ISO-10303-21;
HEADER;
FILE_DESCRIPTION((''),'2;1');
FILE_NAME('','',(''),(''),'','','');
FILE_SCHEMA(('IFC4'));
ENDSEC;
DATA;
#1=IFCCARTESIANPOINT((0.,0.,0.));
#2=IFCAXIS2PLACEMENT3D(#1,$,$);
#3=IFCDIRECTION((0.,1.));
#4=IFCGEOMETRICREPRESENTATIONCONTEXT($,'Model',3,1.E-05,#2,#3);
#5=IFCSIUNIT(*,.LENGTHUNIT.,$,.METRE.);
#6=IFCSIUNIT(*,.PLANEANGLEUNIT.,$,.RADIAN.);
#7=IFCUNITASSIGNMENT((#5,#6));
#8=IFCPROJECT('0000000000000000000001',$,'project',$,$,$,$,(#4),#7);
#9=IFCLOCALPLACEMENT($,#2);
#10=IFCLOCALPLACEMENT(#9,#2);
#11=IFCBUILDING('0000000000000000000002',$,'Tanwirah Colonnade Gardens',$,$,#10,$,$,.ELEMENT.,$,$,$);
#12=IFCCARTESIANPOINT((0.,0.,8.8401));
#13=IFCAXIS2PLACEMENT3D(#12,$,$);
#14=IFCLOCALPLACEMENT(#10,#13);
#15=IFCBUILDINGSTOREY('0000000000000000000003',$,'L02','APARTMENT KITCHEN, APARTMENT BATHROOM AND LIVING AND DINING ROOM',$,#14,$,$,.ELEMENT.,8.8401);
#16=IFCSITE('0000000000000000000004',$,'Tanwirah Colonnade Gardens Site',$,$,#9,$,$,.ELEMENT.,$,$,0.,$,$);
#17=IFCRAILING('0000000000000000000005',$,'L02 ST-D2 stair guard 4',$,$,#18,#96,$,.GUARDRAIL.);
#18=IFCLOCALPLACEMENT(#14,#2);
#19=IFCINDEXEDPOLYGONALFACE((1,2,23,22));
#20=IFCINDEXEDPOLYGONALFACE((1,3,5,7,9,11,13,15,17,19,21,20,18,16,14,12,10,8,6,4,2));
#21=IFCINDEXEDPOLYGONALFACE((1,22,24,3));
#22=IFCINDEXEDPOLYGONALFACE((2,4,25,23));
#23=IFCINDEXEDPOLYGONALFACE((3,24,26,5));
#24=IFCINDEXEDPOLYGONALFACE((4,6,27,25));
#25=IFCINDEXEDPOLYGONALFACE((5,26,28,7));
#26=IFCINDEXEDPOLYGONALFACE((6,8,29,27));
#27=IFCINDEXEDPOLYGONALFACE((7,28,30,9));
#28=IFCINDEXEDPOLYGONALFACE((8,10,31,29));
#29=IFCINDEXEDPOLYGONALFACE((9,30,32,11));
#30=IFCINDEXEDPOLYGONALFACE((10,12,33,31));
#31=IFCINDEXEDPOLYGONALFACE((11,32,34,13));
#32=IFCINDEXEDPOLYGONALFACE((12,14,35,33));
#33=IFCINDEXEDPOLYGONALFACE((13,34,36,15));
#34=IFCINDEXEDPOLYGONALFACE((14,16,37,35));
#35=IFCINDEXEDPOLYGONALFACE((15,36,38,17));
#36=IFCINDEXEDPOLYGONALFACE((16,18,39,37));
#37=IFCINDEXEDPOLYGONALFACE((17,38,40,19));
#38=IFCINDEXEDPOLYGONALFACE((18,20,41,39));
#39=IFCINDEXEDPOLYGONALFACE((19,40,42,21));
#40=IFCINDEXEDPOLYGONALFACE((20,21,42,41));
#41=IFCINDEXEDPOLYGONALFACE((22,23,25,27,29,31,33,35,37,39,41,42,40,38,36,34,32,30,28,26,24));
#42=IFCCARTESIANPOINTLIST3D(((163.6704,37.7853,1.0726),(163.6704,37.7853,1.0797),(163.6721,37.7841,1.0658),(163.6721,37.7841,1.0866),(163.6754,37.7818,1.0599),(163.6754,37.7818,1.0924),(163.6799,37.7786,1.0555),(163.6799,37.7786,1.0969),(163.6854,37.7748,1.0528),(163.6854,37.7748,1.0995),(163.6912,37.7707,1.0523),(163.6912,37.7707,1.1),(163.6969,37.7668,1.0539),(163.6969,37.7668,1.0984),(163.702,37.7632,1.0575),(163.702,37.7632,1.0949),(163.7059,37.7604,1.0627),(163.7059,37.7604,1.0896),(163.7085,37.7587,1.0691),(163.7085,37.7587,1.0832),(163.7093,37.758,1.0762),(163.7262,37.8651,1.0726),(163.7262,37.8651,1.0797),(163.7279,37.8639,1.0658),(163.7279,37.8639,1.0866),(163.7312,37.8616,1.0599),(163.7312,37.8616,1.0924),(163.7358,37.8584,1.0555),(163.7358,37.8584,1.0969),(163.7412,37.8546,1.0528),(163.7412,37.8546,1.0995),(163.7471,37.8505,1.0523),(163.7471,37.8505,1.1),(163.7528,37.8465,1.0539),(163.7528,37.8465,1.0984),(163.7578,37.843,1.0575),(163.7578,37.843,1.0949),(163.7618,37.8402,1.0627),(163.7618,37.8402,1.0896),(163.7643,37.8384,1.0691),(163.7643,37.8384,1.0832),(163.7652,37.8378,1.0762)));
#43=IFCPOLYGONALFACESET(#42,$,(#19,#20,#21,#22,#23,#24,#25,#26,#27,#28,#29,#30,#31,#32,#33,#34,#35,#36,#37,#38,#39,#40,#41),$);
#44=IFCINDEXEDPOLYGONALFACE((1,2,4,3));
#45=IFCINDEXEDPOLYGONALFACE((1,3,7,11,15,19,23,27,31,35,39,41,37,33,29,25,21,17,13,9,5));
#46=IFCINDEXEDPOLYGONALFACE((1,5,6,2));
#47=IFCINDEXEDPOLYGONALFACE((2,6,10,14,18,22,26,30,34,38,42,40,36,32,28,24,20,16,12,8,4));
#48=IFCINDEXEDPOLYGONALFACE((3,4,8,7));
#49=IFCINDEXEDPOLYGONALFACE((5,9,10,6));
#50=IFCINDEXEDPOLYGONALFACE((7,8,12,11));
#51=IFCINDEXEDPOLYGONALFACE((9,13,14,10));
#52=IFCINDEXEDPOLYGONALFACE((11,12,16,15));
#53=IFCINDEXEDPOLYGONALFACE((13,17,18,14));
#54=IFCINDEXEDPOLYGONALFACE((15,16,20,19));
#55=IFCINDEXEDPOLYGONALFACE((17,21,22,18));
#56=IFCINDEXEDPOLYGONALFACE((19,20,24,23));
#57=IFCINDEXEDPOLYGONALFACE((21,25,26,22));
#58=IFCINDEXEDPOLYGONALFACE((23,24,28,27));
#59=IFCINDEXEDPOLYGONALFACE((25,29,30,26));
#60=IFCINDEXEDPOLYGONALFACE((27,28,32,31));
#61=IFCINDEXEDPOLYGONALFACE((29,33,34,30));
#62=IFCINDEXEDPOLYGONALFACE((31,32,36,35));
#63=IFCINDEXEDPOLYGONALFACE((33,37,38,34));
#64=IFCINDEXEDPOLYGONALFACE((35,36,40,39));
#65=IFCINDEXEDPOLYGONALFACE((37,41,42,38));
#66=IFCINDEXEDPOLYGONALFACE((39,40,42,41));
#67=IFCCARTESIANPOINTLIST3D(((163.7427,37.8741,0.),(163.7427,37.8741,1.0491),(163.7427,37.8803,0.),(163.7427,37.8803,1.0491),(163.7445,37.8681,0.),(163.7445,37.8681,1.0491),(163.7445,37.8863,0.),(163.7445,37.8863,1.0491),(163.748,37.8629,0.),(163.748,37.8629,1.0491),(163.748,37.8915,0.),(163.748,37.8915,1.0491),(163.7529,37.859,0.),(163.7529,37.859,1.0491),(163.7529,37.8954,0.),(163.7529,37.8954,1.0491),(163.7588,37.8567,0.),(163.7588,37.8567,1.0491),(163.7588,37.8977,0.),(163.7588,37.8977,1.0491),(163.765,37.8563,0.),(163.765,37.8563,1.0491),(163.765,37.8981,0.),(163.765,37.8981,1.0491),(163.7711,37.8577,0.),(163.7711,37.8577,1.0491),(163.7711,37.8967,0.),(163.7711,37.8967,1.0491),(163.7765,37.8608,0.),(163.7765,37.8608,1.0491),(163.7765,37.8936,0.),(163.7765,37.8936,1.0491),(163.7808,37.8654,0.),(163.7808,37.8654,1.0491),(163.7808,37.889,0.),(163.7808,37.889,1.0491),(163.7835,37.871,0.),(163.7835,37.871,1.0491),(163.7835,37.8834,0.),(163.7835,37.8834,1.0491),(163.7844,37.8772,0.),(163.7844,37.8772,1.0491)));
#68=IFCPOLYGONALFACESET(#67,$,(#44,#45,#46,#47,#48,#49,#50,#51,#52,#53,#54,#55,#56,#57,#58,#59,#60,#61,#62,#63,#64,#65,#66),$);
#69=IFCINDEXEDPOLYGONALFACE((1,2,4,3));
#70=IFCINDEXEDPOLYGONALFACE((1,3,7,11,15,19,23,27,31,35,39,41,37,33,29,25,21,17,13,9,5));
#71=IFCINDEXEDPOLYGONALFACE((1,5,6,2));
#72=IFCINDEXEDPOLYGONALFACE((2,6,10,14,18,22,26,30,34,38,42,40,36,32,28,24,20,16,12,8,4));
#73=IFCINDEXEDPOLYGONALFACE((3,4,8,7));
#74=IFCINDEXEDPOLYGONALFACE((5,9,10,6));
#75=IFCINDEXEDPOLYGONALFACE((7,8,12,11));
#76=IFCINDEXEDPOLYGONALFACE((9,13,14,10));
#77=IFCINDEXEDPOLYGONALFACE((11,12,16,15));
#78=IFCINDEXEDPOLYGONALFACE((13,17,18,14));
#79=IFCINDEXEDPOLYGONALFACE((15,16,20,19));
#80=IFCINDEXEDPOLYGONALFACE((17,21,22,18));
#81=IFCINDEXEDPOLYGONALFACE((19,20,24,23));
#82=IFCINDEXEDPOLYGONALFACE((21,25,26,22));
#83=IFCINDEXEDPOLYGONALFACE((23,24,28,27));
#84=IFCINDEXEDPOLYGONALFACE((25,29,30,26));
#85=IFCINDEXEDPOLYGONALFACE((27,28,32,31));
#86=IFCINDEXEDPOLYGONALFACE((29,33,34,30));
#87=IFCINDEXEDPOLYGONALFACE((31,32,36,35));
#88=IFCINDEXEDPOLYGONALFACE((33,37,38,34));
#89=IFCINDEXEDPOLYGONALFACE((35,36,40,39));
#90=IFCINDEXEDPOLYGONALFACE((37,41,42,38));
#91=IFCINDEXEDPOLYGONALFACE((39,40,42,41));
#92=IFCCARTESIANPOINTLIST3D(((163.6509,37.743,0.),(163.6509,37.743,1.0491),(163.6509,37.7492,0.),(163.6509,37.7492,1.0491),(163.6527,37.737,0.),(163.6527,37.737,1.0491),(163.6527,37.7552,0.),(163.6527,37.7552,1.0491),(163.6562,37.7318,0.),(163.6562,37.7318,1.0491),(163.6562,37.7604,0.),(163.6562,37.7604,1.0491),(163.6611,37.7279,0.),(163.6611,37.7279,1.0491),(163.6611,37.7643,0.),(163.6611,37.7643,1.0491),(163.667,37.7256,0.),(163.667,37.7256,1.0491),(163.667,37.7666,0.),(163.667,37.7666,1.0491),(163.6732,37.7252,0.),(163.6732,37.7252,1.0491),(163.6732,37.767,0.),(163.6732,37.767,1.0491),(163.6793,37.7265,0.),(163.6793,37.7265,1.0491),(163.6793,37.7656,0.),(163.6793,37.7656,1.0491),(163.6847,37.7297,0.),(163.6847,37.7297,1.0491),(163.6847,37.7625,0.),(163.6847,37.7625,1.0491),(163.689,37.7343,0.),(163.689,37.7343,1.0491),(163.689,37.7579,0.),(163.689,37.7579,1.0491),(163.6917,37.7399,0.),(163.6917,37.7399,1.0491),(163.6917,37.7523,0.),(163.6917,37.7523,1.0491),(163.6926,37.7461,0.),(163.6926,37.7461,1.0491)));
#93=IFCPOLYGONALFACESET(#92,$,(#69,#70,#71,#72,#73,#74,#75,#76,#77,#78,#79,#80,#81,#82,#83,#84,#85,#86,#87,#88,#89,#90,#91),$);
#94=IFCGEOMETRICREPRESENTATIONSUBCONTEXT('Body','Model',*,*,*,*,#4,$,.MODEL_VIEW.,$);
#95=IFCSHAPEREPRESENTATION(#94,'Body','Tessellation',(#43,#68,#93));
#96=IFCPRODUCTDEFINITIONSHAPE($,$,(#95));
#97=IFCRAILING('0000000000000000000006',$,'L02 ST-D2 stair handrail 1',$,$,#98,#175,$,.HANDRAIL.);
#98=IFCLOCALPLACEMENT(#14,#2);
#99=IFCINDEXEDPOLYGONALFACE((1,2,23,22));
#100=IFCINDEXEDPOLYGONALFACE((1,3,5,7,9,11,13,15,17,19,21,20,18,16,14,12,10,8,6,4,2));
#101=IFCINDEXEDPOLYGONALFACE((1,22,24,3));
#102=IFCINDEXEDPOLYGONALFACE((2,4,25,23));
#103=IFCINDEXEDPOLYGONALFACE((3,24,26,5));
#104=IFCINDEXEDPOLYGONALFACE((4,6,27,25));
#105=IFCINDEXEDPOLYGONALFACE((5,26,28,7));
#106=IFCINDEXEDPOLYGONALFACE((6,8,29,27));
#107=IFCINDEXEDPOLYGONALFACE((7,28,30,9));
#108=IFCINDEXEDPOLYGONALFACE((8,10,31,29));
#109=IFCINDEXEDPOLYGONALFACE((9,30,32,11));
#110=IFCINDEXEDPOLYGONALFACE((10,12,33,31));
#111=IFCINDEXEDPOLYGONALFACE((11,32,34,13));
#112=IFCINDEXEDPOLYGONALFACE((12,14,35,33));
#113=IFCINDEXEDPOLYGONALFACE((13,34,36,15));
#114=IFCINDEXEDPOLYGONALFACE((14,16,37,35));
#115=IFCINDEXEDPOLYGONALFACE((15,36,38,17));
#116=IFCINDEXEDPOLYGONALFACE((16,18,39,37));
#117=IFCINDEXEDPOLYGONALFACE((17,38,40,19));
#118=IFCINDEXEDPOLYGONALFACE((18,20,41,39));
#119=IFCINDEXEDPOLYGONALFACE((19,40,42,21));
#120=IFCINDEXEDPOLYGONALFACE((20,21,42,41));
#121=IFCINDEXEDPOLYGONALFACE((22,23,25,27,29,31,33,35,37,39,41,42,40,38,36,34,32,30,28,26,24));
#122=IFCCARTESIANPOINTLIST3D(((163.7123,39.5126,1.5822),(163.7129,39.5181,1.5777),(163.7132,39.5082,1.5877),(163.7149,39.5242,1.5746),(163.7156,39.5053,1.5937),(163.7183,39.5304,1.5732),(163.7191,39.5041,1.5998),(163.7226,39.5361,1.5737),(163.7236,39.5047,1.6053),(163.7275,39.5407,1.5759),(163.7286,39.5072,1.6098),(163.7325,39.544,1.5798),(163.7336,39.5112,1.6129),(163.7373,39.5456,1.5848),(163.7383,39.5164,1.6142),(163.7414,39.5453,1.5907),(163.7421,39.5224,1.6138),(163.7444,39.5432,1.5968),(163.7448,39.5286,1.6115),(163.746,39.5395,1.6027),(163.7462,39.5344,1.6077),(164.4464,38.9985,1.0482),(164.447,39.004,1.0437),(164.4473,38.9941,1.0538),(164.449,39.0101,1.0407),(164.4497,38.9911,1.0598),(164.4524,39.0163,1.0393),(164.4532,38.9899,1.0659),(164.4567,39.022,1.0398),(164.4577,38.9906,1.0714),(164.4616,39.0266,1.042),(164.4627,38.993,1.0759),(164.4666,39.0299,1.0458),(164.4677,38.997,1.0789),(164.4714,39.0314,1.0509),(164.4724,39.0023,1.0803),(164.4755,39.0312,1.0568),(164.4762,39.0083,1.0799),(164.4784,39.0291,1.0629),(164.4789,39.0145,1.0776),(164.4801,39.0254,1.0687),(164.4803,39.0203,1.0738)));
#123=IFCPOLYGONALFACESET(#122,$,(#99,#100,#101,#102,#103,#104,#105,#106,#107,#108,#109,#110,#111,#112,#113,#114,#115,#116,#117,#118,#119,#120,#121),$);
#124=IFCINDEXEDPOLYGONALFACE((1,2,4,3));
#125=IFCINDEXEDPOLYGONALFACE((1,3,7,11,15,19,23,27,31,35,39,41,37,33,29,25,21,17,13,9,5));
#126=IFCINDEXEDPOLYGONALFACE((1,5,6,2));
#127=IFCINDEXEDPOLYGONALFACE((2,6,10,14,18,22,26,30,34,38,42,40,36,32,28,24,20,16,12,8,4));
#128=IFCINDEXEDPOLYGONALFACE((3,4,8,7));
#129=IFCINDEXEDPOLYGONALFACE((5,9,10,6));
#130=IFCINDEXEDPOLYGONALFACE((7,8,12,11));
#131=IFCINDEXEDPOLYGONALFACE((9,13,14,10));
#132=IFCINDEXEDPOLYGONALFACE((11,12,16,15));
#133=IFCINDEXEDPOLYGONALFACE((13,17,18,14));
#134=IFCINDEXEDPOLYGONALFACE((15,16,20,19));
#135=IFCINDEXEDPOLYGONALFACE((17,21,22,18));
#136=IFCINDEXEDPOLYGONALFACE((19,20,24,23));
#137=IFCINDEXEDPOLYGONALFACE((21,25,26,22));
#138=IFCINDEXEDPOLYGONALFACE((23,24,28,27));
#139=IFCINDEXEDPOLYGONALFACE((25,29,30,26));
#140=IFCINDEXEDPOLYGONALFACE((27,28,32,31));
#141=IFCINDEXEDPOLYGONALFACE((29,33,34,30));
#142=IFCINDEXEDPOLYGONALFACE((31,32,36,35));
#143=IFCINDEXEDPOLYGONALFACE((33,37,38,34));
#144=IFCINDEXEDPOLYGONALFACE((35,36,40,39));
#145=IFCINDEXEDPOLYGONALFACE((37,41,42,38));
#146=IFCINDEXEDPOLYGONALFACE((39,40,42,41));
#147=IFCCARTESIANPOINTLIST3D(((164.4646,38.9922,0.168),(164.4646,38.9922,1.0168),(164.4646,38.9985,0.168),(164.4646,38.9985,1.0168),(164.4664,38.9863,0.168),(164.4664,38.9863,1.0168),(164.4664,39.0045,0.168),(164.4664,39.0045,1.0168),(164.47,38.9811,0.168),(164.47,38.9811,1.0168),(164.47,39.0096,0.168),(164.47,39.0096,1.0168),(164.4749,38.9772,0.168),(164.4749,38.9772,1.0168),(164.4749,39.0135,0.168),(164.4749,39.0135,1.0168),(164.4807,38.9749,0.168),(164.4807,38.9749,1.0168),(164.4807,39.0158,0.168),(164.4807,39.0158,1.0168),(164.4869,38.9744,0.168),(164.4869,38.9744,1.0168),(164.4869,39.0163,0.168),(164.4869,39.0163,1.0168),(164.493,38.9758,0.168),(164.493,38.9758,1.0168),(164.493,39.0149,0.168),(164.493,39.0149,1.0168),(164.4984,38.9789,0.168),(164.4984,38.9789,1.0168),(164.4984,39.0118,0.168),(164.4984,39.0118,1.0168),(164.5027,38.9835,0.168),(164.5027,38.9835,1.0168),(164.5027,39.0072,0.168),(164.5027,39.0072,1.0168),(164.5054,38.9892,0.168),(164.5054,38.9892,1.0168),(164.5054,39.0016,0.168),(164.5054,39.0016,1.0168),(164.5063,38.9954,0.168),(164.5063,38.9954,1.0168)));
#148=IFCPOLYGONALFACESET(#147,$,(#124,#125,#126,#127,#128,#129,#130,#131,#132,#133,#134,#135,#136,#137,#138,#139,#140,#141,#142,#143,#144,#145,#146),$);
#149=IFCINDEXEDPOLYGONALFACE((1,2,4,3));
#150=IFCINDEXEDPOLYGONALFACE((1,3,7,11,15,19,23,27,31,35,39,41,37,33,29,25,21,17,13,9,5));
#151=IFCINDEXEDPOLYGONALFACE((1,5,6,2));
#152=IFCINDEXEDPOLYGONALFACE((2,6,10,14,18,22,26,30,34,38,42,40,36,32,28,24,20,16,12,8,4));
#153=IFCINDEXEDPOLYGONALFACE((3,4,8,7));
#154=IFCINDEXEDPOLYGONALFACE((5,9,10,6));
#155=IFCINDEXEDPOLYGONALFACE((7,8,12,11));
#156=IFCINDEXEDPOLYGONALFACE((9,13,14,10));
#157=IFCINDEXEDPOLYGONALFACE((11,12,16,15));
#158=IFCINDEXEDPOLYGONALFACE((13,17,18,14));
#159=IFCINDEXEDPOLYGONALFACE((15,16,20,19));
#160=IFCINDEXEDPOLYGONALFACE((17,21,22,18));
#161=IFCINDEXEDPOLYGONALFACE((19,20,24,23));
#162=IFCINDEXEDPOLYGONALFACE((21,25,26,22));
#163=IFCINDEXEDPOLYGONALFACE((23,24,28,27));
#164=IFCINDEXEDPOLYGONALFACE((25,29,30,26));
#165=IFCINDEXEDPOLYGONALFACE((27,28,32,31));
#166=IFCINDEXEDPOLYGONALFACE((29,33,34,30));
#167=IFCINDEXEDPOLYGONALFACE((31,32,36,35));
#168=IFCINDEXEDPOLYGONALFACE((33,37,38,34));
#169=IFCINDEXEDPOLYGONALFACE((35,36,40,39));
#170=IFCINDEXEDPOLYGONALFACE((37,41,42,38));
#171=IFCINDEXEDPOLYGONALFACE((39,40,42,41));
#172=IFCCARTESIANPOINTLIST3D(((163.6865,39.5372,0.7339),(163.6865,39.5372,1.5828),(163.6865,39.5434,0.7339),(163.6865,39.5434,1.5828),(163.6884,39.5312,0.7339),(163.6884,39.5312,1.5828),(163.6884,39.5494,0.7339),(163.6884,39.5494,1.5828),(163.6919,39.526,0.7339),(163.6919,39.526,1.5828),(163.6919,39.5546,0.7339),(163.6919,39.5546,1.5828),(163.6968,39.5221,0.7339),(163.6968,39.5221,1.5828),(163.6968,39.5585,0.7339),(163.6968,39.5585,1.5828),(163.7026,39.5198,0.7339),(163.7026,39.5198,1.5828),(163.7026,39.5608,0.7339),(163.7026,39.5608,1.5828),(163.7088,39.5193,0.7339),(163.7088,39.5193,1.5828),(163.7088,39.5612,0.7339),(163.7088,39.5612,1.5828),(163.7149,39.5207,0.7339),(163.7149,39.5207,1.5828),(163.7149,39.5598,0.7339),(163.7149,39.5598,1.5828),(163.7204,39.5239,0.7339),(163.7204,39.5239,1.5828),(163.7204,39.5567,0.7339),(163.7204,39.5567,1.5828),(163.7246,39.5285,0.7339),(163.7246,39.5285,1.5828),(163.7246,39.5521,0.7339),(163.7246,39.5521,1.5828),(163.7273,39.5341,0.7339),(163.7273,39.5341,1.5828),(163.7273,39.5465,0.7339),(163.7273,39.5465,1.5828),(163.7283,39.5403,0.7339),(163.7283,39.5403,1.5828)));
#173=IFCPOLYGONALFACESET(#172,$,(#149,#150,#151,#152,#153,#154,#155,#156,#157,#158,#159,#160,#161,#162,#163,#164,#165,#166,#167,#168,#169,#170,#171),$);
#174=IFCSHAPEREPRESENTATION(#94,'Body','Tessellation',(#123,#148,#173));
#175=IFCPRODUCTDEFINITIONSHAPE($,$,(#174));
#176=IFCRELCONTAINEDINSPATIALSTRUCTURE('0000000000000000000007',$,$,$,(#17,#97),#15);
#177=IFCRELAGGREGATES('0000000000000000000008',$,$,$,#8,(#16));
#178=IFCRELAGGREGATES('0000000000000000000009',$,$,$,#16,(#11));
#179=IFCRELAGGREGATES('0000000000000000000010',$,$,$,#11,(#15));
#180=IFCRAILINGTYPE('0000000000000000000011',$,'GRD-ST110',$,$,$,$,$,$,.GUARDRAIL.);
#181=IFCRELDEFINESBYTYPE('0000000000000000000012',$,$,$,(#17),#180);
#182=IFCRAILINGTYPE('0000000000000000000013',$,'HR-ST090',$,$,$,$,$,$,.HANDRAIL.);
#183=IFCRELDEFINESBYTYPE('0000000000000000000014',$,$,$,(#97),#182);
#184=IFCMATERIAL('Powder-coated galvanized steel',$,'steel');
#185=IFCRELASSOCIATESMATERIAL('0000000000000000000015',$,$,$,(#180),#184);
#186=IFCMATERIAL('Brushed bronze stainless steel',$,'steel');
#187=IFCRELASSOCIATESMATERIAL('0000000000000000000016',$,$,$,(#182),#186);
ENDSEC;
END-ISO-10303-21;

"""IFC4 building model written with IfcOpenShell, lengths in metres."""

from ifc_helpers import new_model, si_unit, direction, frame, origin, origin_2d, place, context, subcontext, project, spatial, circle, extrude, material, type_object, element, save


model = new_model("IFC4")

# Units and contexts
model_context = context("Model", 3, precision=1e-05, world=origin(), true_north=direction((0.0, 1.0)))
body_context = subcontext(model_context, "Body", "Model", "MODEL_VIEW")
ifc_project = project(units=[si_unit("LENGTHUNIT", "METRE"), si_unit("PLANEANGLEUNIT", "RADIAN")], contexts=[model_context])

# Site, building, storey
site_placement = place(None, origin())
site = spatial("IfcSite", under=ifc_project, at=site_placement, Name="Tanwirah Colonnade Gardens Site", CompositionType="ELEMENT", RefElevation=0.0)
building_placement = place(site_placement, origin())
building = spatial("IfcBuilding", under=site, at=building_placement, Name="Tanwirah Colonnade Gardens", CompositionType="ELEMENT")
storey_placement = place(building_placement, frame((0.0, 0.0, 8.8401)))
storey = spatial("IfcBuildingStorey", under=building, at=storey_placement, Name="L02", Description="APARTMENT KITCHEN, APARTMENT BATHROOM AND LIVING AND DINING ROOM", CompositionType="ELEMENT", Elevation=8.8401)

# Railings
ifc_material_1 = material(Name="Powder-coated galvanized steel", Category="steel")
railing_type_1 = type_object("IfcRailingType", Name="GRD-ST110", PredefinedType="GUARDRAIL", material=ifc_material_1)
railing_1_placement = place(storey_placement, frame((163.7634, 37.8772, 0.0)))
element("IfcRailing", 1, at=railing_1_placement, inside=storey, type_object=railing_type_1, Name="L02 ST-D2 stair guard 4", PredefinedType="GUARDRAIL", context=body_context, shape_type="SweptSolid", body=[
    extrude(circle(Radius=0.0239, at=origin_2d()), frame((-0.0178, -0.0256, 1.0762), z_axis=(-0.573565, -0.81916, 0.0), x_axis=(0.81916, -0.573565, 0.0)), (0.0, 0.0, 1.0), 0.0974),
    extrude(circle(Radius=0.021, at=origin_2d()), origin(), (0.0, 0.0, 1.0), 1.0491),
    extrude(circle(Radius=0.021, at=origin_2d()), frame((-0.0918, -0.1311, 0.0)), (0.0, 0.0, 1.0), 1.0491),
])
ifc_material_2 = material(Name="Brushed bronze stainless steel", Category="steel")
railing_type_2 = type_object("IfcRailingType", Name="HR-ST090", PredefinedType="HANDRAIL", material=ifc_material_2)
railing_2_placement = place(storey_placement, frame((164.4854, 38.9954, 0.168)))
element("IfcRailing", 2, at=railing_2_placement, inside=storey, type_object=railing_type_2, Name="L02 ST-D2 stair handrail 1", PredefinedType="HANDRAIL", context=body_context, shape_type="SweptSolid", body=[
    extrude(circle(Radius=0.0239, at=origin_2d()), frame((-0.022, 0.0154, 0.8918), z_axis=(-0.703686, 0.492823, 0.511812), x_axis=(-0.573652, -0.819099, 0.0)), (0.0, 0.0, 1.0), 1.0432),
    extrude(circle(Radius=0.021, at=origin_2d()), origin(), (0.0, 0.0, 1.0), 0.8489),
    extrude(circle(Radius=0.021, at=origin_2d()), frame((-0.7781, 0.5449, 0.5659)), (0.0, 0.0, 1.0), 0.8489),
])

save(model, "model.ifc")
